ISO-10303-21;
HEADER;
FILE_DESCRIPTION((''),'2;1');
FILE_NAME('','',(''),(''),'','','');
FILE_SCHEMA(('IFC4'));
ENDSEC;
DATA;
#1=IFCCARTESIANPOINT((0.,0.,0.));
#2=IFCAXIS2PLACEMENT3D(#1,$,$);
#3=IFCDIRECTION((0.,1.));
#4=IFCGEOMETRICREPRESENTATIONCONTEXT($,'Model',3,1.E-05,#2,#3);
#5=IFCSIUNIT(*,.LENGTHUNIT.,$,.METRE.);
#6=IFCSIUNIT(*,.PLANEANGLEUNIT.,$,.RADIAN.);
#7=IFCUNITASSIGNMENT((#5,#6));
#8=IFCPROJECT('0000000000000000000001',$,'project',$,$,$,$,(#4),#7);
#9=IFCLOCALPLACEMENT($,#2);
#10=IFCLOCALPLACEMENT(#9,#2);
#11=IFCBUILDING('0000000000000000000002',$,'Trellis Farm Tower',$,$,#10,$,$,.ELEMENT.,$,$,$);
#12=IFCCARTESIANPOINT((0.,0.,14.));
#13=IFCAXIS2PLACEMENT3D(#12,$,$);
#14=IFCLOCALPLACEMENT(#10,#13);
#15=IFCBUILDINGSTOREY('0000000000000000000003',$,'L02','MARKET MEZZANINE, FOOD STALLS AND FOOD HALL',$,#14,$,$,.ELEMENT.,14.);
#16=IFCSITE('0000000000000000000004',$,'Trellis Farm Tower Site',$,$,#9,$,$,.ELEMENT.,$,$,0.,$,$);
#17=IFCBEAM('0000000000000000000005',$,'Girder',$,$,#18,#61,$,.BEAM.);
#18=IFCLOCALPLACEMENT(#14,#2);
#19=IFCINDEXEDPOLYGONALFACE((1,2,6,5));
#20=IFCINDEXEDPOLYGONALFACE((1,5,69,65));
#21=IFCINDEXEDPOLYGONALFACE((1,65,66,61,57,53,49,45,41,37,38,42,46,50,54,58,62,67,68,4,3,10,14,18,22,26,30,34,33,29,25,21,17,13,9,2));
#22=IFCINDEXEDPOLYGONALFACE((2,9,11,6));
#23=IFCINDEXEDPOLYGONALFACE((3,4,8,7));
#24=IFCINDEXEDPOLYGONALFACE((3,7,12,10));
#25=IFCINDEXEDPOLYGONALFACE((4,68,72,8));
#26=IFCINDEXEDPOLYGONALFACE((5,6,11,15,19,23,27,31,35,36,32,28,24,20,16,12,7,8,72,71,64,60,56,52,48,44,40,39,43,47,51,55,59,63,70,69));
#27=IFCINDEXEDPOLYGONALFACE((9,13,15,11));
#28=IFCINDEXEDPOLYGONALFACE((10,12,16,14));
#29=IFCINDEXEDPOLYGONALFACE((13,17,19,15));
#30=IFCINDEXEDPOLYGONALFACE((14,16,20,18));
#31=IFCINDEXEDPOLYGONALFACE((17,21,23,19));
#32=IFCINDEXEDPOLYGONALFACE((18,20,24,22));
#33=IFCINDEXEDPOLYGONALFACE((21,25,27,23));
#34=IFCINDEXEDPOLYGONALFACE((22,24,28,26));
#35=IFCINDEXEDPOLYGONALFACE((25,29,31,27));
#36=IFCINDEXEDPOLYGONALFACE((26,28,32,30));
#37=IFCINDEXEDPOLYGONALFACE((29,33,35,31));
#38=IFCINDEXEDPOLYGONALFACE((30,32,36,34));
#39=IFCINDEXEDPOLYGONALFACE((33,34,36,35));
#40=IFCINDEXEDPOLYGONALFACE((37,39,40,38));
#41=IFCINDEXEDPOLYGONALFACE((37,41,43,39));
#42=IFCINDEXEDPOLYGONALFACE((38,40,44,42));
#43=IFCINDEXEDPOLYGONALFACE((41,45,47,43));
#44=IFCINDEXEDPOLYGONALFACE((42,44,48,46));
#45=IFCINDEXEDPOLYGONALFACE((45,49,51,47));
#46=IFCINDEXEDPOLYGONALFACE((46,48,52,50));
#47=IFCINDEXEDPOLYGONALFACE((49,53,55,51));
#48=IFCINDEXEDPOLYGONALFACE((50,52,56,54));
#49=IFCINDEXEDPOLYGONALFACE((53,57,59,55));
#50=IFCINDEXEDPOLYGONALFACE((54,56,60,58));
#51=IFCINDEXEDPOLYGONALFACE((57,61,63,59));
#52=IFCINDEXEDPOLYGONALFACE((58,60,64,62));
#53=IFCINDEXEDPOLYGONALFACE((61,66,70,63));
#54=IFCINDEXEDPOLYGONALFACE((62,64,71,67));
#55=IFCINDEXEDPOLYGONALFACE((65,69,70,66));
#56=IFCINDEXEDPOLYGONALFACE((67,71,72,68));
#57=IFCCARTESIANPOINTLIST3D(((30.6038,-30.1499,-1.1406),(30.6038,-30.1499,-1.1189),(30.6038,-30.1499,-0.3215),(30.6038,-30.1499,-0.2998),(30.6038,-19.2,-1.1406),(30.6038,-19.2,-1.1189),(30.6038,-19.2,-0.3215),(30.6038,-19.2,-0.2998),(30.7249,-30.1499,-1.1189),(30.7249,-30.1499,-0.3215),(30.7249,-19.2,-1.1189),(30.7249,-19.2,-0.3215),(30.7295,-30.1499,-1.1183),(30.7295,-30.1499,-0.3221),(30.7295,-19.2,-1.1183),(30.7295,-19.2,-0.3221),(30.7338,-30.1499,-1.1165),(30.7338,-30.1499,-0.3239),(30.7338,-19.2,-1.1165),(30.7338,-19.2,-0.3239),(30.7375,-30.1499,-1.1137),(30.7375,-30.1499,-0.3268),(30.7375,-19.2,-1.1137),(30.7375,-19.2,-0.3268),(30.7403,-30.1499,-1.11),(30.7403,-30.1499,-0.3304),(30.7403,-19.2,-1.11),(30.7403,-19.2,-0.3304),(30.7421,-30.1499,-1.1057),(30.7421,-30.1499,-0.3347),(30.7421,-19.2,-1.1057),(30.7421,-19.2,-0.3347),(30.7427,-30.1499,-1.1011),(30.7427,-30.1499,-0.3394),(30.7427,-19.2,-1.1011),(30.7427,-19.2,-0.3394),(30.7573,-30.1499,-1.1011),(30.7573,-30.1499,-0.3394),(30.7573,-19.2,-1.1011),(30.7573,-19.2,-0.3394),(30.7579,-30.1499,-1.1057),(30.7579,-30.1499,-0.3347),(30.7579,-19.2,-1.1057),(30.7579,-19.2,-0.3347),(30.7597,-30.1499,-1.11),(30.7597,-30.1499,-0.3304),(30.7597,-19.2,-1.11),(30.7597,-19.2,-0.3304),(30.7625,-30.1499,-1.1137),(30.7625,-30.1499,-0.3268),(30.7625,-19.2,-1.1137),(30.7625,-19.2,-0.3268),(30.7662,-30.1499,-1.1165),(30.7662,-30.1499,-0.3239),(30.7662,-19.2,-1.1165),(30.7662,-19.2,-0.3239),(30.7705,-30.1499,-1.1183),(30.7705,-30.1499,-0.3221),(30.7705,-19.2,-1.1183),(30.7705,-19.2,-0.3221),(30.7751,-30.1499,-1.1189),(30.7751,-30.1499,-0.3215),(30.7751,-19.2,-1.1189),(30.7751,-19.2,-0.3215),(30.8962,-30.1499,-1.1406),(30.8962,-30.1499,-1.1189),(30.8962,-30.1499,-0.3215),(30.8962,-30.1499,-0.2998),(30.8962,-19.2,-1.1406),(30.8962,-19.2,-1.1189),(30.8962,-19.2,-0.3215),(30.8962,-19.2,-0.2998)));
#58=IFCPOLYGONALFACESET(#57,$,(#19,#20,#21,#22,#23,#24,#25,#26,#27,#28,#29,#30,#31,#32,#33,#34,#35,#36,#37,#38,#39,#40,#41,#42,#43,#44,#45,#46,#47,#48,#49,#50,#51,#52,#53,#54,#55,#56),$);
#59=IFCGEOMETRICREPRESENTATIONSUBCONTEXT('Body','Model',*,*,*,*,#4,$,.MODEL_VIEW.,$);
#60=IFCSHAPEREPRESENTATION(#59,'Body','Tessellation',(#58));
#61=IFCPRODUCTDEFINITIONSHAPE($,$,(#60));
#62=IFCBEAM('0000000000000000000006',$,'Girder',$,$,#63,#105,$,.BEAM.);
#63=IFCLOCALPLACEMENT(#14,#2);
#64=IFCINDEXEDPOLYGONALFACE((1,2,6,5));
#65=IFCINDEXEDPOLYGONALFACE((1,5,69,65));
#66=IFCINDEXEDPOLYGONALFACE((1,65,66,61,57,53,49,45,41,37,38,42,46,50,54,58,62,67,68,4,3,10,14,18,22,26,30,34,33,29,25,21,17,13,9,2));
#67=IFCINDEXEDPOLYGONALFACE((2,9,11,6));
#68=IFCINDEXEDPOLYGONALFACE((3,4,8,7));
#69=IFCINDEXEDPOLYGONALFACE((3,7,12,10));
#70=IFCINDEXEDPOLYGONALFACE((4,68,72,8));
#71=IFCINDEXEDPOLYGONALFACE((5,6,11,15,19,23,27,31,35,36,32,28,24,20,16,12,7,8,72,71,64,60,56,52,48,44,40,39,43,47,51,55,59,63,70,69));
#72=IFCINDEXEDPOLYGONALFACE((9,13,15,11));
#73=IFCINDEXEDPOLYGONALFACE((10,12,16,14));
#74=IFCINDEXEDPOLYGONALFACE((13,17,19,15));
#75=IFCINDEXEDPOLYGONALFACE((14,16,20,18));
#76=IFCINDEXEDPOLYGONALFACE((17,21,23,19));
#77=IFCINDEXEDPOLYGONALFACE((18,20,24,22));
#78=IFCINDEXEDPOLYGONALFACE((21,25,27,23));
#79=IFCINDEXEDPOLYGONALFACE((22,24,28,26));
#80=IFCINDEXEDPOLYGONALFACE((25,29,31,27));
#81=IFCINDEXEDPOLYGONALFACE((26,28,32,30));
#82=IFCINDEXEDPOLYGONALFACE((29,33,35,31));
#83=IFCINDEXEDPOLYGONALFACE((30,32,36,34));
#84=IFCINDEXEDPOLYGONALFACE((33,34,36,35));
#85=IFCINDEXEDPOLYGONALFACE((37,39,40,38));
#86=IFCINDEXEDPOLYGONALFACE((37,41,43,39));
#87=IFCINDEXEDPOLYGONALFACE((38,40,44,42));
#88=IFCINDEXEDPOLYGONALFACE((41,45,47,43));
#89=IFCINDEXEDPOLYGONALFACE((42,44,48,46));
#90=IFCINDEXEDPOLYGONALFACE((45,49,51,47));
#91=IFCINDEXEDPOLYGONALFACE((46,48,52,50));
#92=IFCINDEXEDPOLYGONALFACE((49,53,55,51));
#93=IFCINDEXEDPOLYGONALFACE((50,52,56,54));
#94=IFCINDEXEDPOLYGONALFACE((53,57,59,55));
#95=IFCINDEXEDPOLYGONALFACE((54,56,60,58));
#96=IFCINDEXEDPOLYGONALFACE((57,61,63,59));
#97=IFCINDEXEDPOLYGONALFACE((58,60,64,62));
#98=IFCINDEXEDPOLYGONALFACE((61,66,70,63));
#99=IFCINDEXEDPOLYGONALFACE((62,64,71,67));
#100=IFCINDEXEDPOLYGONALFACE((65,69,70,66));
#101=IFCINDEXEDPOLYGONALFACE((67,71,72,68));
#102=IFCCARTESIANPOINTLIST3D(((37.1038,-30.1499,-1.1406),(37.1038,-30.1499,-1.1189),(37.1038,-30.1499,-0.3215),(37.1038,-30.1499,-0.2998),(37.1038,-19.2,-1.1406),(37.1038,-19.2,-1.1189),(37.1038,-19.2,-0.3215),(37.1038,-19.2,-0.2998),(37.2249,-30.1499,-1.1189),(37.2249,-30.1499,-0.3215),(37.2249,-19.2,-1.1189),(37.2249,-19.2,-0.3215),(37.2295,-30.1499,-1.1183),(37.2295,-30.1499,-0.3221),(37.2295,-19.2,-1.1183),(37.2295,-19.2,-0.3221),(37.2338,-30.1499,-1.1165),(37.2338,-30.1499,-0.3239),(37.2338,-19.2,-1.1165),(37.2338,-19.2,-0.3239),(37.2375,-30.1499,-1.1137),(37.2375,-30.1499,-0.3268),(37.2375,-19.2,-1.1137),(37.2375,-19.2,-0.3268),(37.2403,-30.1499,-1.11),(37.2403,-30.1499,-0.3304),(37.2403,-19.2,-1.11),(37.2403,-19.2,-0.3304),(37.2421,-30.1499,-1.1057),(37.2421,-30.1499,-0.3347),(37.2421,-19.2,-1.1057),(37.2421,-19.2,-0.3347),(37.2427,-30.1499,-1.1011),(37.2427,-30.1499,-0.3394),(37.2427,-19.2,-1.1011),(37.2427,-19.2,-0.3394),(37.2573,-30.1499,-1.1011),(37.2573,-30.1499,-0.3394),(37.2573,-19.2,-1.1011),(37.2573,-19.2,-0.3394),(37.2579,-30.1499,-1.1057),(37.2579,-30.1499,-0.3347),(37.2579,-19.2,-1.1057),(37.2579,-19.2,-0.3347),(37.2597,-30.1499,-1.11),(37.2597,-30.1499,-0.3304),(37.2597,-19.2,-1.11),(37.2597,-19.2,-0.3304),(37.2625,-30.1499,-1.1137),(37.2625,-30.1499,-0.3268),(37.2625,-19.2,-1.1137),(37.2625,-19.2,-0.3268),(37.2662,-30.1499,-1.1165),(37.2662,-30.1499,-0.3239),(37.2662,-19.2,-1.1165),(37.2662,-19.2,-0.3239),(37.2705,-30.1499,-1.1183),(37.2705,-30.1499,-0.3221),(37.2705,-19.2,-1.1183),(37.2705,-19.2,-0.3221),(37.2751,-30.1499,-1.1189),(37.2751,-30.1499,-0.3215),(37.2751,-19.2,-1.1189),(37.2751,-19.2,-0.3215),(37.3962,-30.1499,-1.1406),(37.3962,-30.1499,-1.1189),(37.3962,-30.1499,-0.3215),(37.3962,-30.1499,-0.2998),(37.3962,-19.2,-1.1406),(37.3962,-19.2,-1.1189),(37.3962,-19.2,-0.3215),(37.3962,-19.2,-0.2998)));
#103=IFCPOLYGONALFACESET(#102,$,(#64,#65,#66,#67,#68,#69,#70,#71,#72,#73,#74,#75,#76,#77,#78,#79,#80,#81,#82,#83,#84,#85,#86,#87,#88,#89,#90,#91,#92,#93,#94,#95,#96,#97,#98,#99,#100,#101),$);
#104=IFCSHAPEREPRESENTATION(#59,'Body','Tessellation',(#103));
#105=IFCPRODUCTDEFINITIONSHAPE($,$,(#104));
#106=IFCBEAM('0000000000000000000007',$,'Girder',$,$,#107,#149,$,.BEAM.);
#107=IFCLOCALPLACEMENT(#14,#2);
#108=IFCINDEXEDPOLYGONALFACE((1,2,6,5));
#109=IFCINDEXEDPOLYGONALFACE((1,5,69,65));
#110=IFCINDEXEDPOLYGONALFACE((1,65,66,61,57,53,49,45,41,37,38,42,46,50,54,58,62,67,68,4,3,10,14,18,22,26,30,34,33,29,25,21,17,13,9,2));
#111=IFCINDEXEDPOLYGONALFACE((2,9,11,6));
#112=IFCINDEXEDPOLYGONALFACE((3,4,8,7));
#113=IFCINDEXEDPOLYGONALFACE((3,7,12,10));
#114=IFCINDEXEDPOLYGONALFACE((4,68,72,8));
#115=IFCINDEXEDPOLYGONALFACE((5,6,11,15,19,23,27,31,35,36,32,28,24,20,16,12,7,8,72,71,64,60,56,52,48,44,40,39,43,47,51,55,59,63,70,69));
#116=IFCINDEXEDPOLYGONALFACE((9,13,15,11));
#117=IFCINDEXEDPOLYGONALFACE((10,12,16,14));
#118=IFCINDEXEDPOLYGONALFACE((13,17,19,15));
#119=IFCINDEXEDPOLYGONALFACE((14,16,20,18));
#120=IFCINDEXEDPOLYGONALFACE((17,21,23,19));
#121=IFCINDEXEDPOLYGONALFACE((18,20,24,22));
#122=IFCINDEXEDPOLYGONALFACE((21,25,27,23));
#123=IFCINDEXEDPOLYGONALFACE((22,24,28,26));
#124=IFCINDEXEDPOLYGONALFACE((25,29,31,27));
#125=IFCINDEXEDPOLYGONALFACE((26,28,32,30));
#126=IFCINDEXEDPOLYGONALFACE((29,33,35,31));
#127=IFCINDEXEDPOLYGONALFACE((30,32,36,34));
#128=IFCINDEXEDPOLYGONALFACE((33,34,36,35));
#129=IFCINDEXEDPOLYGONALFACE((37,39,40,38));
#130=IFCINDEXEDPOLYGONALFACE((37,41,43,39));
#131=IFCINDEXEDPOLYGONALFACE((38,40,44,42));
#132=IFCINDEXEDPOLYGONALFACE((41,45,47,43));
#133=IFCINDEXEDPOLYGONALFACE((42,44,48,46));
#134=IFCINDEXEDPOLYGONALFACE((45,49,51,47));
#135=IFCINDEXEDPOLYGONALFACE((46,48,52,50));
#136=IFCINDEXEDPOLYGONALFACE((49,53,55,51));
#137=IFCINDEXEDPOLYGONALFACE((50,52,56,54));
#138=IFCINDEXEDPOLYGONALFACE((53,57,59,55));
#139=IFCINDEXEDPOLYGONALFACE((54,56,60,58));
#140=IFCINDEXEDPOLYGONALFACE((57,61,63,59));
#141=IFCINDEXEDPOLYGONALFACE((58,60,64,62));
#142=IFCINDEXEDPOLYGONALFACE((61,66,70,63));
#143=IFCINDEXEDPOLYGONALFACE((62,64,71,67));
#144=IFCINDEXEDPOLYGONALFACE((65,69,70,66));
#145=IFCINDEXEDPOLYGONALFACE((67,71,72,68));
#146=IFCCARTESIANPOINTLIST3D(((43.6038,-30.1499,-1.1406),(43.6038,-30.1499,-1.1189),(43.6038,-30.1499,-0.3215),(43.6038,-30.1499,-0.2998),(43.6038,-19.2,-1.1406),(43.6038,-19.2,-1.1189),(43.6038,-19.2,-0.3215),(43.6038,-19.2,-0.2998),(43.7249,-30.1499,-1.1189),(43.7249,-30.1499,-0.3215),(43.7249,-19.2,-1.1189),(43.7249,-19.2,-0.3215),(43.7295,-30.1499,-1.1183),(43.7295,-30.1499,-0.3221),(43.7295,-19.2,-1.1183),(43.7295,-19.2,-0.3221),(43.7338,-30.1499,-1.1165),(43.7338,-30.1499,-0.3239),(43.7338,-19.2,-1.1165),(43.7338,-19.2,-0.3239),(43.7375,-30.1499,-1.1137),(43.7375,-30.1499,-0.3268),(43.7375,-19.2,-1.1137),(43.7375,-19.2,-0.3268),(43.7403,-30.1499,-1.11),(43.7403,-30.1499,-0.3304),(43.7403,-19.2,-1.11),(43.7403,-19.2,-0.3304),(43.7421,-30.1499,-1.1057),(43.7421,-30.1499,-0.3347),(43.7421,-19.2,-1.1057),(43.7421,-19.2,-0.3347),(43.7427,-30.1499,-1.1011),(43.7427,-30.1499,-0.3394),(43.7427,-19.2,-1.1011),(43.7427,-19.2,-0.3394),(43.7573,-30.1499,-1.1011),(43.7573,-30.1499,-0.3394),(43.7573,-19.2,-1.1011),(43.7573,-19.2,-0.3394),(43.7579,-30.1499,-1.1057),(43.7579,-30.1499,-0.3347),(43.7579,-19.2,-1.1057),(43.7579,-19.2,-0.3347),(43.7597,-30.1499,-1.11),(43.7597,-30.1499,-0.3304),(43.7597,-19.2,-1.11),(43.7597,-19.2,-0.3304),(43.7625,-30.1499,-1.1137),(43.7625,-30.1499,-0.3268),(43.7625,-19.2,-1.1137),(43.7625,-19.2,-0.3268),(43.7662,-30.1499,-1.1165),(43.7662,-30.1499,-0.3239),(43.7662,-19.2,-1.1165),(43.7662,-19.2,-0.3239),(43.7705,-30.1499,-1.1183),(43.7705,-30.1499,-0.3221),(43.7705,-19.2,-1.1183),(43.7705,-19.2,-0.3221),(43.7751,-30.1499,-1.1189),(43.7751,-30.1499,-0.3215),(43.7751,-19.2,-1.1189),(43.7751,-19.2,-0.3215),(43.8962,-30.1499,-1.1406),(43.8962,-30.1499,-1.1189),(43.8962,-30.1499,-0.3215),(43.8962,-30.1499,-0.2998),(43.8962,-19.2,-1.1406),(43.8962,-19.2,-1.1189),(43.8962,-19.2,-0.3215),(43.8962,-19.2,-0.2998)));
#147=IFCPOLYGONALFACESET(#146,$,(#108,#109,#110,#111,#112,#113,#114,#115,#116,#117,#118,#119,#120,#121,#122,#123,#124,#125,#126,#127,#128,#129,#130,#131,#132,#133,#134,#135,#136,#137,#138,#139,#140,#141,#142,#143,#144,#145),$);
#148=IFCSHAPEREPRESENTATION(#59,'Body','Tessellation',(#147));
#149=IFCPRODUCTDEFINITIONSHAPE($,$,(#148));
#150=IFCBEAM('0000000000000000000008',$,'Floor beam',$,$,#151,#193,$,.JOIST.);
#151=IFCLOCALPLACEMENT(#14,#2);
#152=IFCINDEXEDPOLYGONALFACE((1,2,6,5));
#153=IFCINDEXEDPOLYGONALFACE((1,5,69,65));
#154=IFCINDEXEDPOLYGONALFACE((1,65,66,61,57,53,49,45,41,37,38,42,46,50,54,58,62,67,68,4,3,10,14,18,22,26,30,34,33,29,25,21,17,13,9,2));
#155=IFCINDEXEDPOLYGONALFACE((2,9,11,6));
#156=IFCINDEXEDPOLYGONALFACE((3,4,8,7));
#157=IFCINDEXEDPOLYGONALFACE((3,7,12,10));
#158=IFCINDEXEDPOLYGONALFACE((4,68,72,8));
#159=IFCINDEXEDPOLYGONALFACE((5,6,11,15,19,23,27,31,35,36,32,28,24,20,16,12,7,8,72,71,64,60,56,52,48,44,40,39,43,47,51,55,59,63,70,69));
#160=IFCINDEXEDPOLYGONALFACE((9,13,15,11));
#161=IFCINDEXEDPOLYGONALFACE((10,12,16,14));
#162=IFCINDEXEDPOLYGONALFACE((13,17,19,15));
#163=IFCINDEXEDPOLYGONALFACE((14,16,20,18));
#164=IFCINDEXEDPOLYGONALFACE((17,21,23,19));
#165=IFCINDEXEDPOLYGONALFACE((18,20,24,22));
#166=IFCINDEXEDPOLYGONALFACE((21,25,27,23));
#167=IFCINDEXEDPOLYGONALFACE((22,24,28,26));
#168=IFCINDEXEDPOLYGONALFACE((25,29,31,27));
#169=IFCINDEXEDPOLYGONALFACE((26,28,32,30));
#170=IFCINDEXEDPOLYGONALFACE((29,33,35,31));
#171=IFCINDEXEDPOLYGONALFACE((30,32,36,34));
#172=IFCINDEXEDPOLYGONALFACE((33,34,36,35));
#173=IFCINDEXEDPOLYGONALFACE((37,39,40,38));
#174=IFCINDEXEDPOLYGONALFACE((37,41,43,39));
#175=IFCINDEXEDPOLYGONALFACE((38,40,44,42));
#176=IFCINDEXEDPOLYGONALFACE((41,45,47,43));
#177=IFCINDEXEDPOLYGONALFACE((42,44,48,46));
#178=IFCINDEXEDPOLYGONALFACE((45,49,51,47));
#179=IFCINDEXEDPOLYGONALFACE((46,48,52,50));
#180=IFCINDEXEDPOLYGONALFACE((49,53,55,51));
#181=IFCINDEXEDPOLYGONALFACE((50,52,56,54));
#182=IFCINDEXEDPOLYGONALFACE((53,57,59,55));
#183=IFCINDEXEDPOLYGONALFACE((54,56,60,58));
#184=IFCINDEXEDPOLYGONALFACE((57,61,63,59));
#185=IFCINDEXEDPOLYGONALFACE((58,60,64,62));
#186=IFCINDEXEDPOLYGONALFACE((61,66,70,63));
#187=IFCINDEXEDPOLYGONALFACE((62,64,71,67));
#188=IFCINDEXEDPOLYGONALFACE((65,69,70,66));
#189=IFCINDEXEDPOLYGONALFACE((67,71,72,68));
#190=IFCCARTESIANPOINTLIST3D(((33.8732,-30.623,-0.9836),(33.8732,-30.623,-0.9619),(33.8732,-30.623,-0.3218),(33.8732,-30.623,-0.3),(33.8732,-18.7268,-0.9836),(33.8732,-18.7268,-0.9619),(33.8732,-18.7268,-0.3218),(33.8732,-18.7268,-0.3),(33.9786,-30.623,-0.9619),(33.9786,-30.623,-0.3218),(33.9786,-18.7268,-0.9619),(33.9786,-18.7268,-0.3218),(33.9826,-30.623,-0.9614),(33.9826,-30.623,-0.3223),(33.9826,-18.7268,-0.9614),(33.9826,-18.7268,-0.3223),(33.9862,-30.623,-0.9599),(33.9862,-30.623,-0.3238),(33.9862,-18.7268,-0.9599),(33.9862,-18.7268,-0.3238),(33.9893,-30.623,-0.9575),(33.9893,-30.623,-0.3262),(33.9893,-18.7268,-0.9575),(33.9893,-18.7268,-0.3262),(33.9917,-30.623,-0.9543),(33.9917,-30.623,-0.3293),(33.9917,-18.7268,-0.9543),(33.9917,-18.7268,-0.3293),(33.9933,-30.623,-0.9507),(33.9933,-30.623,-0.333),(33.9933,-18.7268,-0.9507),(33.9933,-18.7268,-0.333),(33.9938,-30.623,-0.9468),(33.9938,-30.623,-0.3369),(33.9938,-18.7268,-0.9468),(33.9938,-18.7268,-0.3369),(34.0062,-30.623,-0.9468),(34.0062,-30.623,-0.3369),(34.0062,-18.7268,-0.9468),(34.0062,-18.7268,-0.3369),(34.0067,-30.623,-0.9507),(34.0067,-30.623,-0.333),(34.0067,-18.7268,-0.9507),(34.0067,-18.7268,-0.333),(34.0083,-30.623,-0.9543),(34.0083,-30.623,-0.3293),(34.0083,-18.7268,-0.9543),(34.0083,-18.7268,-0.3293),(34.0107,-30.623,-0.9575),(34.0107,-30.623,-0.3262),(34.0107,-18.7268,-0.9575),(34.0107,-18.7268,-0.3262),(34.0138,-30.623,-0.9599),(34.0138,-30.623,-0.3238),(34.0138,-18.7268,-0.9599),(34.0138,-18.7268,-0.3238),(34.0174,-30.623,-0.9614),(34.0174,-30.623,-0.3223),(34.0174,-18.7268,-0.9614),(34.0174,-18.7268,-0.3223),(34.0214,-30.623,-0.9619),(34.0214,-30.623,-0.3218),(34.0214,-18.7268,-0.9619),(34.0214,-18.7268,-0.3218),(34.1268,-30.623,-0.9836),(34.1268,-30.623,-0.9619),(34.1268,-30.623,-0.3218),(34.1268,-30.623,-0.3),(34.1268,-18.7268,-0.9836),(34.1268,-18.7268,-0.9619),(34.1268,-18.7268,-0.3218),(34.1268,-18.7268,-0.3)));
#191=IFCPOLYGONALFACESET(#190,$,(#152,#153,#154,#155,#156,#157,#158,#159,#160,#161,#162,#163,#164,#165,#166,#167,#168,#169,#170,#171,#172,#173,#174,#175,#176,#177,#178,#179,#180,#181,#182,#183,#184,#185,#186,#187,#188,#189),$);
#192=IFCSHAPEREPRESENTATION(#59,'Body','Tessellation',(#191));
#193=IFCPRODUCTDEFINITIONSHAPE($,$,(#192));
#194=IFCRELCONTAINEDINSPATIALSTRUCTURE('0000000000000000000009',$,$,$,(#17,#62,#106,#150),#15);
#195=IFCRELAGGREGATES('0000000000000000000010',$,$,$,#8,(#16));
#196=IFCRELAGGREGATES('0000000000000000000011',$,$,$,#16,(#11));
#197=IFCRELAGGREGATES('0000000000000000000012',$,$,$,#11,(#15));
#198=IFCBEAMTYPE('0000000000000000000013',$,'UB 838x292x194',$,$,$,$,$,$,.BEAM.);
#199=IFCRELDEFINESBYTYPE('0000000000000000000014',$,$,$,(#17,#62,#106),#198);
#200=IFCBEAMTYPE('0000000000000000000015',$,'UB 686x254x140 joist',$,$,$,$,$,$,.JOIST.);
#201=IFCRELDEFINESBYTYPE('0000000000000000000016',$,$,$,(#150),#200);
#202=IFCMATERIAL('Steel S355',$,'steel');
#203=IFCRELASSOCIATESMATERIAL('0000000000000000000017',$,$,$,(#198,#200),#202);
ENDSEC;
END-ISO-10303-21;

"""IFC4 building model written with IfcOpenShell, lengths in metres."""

from ifc_helpers import new_model, si_unit, direction, frame, origin, origin_2d, place, context, subcontext, project, spatial, i_section, extrude, source, transform, mapped, material, material_profile, profile_set, type_object, element, save


model = new_model("IFC4")

# Units and contexts
model_context = context("Model", 3, precision=1e-05, world=origin(), true_north=direction((0.0, 1.0)))
body_context = subcontext(model_context, "Body", "Model", "MODEL_VIEW")
ifc_project = project(units=[si_unit("LENGTHUNIT", "METRE"), si_unit("PLANEANGLEUNIT", "RADIAN")], contexts=[model_context])

# Site, building, storey
site_placement = place(None, origin())
site = spatial("IfcSite", under=ifc_project, at=site_placement, Name="Trellis Farm Tower Site", CompositionType="ELEMENT", RefElevation=0.0)
building_placement = place(site_placement, origin())
building = spatial("IfcBuilding", under=site, at=building_placement, Name="Trellis Farm Tower", CompositionType="ELEMENT")
storey_placement = place(building_placement, frame((0.0, 0.0, 14.0)))
storey = spatial("IfcBuildingStorey", under=building, at=storey_placement, Name="L02", Description="MARKET MEZZANINE, FOOD STALLS AND FOOD HALL", CompositionType="ELEMENT", Elevation=14.0)

# Beams
ifc_material_1 = material(Name="Steel S355", Category="steel")
ifc_material_profile_1 = material_profile(ifc_material_1, i_section(OverallWidth=0.2925, OverallDepth=0.8408, WebThickness=0.0146, FlangeThickness=0.0217, FilletRadius=0.0178, at=origin_2d()), Name="UB 838x292x194")
ifc_profile_set_1 = profile_set([ifc_material_profile_1], Name="Steel S355")
beam_type_1 = type_object("IfcBeamType", Name="UB 838x292x194", PredefinedType="BEAM", material=ifc_profile_set_1)
shared_shape_1 = source(origin(), body_context, "Body", "SweptSolid", [
    extrude(i_section(OverallWidth=0.2925, OverallDepth=0.8408, WebThickness=0.0146, FlangeThickness=0.0217, FilletRadius=0.0178, at=origin_2d()), origin(), (0.0, 0.0, 1.0), 10.95),
])
for number, where, z_axis, x_axis, name in (
    (1, (30.75, -30.1499, -0.7202), (0.0, 1.0, 0.0), (-1.0, 0.0, 0.0), "Girder"),
    (2, (37.25, -30.1499, -0.7202), (0.0, 1.0, 0.0), (-1.0, 0.0, 0.0), "Girder"),
    (3, (43.75, -30.1499, -0.7202), (0.0, 1.0, 0.0), (-1.0, 0.0, 0.0), "Girder"),
):
    element("IfcBeam", number, at=place(storey_placement, frame(where, z_axis=z_axis, x_axis=x_axis)), inside=storey, type_object=beam_type_1, Name=name, PredefinedType="BEAM", context=body_context, shape_type="MappedRepresentation", body=[
        mapped(shared_shape_1, transform((0.0, 0.0, 0.0))),
    ])
ifc_material_profile_2 = material_profile(ifc_material_1, i_section(OverallWidth=0.2537, OverallDepth=0.6836, WebThickness=0.0125, FlangeThickness=0.0217, FilletRadius=0.0151, at=origin_2d()), Name="UB 686x254x140")
ifc_profile_set_2 = profile_set([ifc_material_profile_2], Name="Steel S355")
beam_type_2 = type_object("IfcBeamType", Name="UB 686x254x140 joist", PredefinedType="JOIST", material=ifc_profile_set_2)
shared_shape_2 = source(origin(), body_context, "Body", "SweptSolid", [
    extrude(i_section(OverallWidth=0.2537, OverallDepth=0.6836, WebThickness=0.0125, FlangeThickness=0.0217, FilletRadius=0.0151, at=origin_2d()), origin(), (0.0, 0.0, 1.0), 11.8962),
])
for number, where, z_axis, x_axis, name in (
    (4, (34.0, -30.623, -0.6418), (0.0, 1.0, 0.0), (-1.0, 0.0, 0.0), "Floor beam"),
):
    element("IfcBeam", number, at=place(storey_placement, frame(where, z_axis=z_axis, x_axis=x_axis)), inside=storey, type_object=beam_type_2, Name=name, PredefinedType="JOIST", context=body_context, shape_type="MappedRepresentation", body=[
        mapped(shared_shape_2, transform((0.0, 0.0, 0.0))),
    ])

save(model, "model.ifc")
